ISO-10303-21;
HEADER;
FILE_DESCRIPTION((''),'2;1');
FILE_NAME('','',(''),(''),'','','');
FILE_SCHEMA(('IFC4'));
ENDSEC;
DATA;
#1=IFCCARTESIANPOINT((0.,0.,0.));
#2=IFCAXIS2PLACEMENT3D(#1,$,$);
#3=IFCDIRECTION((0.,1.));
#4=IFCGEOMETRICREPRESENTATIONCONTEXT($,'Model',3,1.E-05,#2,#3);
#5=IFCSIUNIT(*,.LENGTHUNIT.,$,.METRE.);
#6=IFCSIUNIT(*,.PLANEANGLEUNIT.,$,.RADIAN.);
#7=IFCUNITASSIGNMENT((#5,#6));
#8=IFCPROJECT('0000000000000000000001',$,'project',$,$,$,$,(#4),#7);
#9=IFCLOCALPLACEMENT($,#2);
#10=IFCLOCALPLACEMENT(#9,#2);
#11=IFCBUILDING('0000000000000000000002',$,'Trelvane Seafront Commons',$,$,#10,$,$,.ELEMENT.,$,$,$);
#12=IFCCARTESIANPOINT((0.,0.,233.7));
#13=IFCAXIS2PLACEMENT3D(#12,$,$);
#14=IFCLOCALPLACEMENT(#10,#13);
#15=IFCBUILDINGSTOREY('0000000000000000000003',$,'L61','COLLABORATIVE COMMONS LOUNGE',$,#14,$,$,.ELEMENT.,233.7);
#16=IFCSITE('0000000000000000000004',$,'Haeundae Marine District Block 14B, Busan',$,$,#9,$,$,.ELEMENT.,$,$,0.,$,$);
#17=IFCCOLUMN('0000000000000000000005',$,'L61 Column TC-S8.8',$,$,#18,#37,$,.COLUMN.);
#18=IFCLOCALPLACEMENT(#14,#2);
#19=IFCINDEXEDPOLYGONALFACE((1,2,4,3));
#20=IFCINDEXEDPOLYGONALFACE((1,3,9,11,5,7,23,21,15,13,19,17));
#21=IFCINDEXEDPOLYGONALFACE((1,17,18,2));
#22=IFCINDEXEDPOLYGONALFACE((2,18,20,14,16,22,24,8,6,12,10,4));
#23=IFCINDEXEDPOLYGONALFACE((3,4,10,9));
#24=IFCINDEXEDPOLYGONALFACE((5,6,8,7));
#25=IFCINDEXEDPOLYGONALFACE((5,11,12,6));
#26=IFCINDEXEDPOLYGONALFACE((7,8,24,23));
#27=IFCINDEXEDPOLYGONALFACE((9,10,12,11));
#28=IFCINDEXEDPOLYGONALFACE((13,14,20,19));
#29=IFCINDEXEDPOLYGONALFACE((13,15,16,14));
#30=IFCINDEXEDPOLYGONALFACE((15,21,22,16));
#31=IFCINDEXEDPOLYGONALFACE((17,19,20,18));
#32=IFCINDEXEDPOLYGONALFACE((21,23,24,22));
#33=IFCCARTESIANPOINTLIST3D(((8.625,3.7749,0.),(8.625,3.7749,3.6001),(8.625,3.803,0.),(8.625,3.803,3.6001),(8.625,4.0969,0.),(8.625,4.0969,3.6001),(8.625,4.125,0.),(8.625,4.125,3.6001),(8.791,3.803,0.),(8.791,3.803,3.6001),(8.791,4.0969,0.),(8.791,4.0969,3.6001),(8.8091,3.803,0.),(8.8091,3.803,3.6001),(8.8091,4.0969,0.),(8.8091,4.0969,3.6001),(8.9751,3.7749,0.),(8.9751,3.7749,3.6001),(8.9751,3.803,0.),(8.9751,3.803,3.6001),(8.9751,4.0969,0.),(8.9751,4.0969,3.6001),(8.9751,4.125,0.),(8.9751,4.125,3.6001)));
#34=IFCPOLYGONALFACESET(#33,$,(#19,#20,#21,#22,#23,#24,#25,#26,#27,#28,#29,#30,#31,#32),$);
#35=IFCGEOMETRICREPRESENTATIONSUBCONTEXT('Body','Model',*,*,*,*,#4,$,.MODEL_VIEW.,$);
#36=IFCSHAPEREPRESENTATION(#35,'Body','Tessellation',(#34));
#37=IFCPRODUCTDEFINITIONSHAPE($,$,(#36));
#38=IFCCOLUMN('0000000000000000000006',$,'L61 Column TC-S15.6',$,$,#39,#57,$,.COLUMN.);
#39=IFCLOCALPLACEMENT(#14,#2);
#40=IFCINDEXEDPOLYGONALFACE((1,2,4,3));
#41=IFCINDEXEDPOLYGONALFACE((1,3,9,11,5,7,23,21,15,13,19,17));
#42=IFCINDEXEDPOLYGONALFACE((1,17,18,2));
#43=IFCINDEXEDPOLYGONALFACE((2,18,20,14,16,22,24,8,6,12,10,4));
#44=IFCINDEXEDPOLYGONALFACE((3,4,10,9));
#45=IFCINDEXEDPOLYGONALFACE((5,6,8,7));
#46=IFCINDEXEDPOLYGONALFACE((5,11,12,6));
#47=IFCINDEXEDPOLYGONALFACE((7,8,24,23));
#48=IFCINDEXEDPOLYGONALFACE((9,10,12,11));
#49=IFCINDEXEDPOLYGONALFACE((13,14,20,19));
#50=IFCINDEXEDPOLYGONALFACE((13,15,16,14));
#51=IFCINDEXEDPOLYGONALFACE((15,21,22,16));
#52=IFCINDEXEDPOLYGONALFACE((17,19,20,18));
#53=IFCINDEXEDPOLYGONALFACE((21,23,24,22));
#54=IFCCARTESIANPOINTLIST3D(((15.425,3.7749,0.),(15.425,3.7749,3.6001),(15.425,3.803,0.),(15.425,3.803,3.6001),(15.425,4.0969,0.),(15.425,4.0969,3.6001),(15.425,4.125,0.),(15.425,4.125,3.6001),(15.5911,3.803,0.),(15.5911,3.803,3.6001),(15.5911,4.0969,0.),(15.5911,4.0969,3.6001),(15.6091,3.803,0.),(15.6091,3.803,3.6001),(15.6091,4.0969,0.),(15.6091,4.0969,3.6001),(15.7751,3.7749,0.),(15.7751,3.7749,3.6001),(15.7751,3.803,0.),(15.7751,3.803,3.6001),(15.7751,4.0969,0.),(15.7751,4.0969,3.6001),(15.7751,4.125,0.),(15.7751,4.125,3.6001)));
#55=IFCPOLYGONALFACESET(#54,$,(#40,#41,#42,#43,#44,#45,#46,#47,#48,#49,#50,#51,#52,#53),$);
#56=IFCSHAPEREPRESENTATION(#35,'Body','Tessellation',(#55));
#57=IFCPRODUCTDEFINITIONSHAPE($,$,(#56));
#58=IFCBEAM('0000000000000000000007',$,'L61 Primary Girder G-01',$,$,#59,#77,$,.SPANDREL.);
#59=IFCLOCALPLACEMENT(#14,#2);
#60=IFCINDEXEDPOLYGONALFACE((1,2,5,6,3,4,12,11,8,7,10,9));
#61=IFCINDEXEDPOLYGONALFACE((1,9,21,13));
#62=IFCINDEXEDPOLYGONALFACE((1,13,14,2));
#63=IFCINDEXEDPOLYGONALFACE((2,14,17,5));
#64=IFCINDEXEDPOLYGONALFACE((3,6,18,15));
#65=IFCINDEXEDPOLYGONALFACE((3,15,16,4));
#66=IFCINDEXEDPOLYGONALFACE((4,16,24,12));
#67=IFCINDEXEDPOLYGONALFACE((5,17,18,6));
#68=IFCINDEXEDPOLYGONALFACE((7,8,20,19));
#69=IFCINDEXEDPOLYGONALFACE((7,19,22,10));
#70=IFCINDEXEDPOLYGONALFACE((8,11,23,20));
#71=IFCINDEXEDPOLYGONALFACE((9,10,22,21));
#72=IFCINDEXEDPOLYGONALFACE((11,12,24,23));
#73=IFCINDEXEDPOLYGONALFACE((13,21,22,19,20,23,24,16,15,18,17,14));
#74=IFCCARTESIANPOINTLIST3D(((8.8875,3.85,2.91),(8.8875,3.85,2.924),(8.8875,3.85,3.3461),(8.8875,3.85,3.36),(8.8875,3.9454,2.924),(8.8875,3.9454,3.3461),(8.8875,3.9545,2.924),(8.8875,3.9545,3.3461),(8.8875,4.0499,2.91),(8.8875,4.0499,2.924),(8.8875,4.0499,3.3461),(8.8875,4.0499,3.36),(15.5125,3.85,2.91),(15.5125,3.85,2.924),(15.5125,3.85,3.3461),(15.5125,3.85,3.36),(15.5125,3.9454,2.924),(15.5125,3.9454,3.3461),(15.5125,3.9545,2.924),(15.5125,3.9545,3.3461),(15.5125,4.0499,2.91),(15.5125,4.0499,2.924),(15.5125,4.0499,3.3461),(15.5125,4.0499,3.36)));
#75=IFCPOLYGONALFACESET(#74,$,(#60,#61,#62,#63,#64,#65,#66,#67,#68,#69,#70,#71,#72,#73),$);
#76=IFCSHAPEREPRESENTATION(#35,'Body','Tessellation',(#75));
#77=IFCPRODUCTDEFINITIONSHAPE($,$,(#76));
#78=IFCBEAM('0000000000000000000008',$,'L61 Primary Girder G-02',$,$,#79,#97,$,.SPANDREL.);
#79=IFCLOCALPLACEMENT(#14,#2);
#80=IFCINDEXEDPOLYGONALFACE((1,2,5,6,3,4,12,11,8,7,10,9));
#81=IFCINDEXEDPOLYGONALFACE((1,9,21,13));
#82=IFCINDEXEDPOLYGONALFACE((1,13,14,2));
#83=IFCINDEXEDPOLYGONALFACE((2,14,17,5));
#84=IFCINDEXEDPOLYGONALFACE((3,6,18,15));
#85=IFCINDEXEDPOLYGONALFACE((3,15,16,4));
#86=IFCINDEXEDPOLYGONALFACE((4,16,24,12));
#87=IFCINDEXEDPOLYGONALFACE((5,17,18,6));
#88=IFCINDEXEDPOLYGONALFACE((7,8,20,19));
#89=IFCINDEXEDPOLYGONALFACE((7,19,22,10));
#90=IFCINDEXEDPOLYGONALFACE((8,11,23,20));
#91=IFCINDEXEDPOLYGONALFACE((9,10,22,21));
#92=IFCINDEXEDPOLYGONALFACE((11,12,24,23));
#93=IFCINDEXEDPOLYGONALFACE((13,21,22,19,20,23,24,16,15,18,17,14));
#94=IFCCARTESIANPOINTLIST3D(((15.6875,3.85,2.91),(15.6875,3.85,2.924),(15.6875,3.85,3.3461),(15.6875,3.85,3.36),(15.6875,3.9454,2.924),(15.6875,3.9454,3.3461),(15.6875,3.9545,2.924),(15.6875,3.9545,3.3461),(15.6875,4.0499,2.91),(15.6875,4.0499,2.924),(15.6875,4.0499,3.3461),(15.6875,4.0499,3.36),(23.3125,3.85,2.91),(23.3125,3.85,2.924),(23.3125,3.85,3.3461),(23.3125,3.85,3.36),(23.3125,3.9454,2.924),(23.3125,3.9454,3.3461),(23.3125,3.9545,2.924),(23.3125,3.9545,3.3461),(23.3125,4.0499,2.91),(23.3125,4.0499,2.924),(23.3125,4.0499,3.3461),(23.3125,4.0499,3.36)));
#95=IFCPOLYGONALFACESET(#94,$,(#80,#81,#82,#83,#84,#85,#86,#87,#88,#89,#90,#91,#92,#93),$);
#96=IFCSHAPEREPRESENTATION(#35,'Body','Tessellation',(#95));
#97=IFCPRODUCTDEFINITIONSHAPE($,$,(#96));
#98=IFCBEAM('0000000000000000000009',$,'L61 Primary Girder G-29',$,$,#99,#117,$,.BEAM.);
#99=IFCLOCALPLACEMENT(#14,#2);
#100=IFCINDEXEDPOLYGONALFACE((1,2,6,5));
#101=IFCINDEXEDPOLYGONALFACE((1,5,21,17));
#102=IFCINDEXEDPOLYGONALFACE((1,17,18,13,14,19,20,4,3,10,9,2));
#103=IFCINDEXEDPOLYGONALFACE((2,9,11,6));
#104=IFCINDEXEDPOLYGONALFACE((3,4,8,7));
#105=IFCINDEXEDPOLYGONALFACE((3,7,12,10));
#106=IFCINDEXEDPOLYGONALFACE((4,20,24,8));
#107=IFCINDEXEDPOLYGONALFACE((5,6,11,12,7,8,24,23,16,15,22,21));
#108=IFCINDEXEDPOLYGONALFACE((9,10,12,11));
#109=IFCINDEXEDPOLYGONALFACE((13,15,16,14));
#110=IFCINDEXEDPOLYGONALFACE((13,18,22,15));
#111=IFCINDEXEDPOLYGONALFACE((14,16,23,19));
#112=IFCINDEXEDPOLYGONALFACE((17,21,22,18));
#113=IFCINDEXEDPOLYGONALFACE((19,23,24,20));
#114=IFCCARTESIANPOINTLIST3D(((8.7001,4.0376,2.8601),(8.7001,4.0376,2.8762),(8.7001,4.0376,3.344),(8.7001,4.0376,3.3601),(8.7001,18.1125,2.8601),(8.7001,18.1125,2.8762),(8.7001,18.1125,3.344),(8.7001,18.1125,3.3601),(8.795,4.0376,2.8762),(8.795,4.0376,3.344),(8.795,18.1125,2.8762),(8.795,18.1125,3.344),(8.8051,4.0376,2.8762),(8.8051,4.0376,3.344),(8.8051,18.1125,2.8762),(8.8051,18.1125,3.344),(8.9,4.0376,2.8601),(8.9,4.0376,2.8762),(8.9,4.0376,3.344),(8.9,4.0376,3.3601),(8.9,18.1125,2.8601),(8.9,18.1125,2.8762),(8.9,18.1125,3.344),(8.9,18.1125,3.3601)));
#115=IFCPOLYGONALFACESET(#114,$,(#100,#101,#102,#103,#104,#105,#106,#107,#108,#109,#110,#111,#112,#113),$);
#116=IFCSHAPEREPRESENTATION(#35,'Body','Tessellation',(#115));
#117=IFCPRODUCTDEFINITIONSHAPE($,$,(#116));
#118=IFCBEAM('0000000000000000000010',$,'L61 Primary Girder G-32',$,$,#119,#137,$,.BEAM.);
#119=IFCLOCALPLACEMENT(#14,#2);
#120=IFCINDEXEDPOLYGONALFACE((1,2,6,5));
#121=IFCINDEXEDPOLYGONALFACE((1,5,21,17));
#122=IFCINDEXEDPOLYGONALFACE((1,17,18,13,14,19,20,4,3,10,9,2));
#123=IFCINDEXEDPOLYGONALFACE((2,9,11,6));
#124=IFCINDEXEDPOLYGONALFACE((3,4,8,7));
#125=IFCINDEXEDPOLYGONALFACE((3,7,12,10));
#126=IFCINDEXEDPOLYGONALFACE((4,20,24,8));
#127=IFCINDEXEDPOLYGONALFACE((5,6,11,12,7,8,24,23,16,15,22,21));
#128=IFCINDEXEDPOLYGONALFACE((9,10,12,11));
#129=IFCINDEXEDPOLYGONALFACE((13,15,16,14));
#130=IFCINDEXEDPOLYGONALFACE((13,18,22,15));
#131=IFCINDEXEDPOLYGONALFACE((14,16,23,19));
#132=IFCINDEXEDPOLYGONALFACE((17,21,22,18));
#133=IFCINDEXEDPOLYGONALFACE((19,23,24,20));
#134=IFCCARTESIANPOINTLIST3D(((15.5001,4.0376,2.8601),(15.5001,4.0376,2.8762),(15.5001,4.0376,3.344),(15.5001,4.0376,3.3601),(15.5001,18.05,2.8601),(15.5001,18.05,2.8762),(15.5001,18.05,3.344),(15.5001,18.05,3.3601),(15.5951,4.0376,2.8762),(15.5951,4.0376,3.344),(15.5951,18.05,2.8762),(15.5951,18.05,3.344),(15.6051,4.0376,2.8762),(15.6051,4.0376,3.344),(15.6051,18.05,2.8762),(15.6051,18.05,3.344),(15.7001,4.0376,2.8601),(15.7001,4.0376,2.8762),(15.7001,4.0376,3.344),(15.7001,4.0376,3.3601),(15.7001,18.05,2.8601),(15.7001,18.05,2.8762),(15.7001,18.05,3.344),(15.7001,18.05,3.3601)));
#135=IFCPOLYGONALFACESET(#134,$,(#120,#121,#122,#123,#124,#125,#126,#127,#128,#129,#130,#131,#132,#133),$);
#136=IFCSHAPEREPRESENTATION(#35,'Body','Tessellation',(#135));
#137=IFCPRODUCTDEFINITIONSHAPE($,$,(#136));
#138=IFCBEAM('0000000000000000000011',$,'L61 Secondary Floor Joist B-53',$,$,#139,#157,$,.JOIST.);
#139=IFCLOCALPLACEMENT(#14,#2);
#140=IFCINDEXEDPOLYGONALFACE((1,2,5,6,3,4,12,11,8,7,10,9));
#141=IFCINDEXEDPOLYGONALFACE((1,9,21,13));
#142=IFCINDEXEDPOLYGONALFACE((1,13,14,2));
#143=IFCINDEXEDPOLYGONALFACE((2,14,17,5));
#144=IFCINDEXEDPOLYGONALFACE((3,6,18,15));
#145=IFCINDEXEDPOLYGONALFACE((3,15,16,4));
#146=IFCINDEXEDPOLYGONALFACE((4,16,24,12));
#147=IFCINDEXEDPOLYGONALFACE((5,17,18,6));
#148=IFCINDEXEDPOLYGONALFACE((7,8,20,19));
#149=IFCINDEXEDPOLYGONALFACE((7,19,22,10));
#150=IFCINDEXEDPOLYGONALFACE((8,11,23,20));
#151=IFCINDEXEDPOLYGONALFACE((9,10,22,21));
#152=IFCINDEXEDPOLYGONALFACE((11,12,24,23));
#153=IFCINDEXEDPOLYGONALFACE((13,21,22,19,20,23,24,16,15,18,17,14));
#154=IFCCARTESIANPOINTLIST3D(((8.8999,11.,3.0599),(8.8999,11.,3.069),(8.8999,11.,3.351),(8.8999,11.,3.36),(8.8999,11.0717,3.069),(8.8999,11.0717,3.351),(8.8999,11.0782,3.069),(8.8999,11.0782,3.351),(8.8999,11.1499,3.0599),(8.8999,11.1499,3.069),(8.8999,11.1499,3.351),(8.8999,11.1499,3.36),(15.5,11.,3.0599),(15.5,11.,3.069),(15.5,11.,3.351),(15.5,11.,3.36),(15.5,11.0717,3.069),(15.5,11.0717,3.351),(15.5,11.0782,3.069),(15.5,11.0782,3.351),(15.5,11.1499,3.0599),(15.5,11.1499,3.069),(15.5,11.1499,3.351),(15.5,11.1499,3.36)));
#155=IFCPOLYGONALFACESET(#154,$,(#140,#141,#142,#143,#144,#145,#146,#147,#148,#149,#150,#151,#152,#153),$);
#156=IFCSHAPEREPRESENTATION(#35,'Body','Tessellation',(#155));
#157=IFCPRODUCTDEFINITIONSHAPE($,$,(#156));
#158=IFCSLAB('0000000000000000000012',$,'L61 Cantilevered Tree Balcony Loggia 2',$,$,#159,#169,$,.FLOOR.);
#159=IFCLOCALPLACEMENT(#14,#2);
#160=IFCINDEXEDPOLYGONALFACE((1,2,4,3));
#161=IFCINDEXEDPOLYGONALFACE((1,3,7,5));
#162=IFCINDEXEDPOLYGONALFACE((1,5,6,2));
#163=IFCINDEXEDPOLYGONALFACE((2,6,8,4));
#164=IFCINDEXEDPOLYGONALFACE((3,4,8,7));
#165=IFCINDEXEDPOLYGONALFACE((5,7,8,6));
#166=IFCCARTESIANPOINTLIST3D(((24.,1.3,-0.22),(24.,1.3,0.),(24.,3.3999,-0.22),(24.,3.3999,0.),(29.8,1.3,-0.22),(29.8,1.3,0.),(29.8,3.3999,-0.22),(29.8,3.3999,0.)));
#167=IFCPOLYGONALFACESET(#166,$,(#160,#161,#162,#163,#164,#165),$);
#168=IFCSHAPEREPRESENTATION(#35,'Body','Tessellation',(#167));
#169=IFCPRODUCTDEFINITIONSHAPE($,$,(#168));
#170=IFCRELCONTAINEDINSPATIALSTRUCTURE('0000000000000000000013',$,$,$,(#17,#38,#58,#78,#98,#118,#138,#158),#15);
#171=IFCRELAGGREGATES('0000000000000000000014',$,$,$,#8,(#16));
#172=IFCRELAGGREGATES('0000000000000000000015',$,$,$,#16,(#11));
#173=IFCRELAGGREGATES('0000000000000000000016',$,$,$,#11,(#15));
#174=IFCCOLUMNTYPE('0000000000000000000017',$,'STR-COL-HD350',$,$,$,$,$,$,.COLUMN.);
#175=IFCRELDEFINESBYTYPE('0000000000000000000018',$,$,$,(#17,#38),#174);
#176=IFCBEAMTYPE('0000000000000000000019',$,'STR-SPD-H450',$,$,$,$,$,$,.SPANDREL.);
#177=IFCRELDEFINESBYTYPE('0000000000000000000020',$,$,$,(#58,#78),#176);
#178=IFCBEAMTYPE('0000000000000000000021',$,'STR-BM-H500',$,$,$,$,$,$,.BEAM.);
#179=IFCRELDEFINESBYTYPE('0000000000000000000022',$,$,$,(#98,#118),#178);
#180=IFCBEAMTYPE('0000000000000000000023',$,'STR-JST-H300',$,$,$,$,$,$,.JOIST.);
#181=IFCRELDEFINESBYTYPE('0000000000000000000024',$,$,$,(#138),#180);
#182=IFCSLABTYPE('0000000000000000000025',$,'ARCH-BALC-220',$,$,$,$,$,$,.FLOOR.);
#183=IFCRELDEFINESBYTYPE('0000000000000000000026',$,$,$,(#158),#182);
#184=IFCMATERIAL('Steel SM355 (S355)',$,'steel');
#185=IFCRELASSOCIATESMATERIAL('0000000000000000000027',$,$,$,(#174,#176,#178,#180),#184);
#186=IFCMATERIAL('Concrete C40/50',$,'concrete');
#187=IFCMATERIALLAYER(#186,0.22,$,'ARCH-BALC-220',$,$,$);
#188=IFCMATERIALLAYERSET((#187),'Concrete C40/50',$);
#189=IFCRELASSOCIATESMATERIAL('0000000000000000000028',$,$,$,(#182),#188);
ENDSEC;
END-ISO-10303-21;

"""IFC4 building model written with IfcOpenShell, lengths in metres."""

from ifc_helpers import new_model, si_unit, direction, frame, origin, origin_2d, place, context, subcontext, project, spatial, polyline, i_section, outline, extrude, source, transform, mapped, material, layer, layer_set, material_profile, profile_set, type_object, element, save


model = new_model("IFC4")

# Units and contexts
model_context = context("Model", 3, precision=1e-05, world=origin(), true_north=direction((0.0, 1.0)))
body_context = subcontext(model_context, "Body", "Model", "MODEL_VIEW")
ifc_project = project(units=[si_unit("LENGTHUNIT", "METRE"), si_unit("PLANEANGLEUNIT", "RADIAN")], contexts=[model_context])

# Site, building, storey
site_placement = place(None, origin())
site = spatial("IfcSite", under=ifc_project, at=site_placement, Name="Haeundae Marine District Block 14B, Busan", CompositionType="ELEMENT", RefElevation=0.0)
building_placement = place(site_placement, origin())
building = spatial("IfcBuilding", under=site, at=building_placement, Name="Trelvane Seafront Commons", CompositionType="ELEMENT")
storey_placement = place(building_placement, frame((0.0, 0.0, 233.7)))
storey = spatial("IfcBuildingStorey", under=building, at=storey_placement, Name="L61", Description="COLLABORATIVE COMMONS LOUNGE", CompositionType="ELEMENT", Elevation=233.7)

# Columns
ifc_material_1 = material(Name="Steel SM355 (S355)", Category="steel")
ifc_material_profile_1 = material_profile(ifc_material_1, i_section(OverallWidth=0.3501, OverallDepth=0.3501, WebThickness=0.0181, FlangeThickness=0.0281, at=origin_2d()), Name="HD-350x350x18x28")
ifc_profile_set_1 = profile_set([ifc_material_profile_1], Name="Steel SM355 (S355)")
column_type = type_object("IfcColumnType", Name="STR-COL-HD350", PredefinedType="COLUMN", material=ifc_profile_set_1)
shared_shape_1 = source(origin(), body_context, "Body", "SweptSolid", [
    extrude(i_section(OverallWidth=0.3501, OverallDepth=0.3501, WebThickness=0.0181, FlangeThickness=0.0281, at=origin_2d()), origin(), (0.0, 0.0, 1.0), 3.6001),
])
for number, where, z_axis, x_axis, name in (
    (1, (8.8, 3.95, 0.0), (0.0, 0.0, 1.0), (1.0, 0.0, 0.0), "L61 Column TC-S8.8"),
    (2, (15.6001, 3.95, 0.0), (0.0, 0.0, 1.0), (1.0, 0.0, 0.0), "L61 Column TC-S15.6"),
):
    element("IfcColumn", number, at=place(storey_placement, frame(where, z_axis=z_axis, x_axis=x_axis)), inside=storey, type_object=column_type, Name=name, PredefinedType="COLUMN", context=body_context, shape_type="MappedRepresentation", body=[
        mapped(shared_shape_1, transform((0.0, 0.0, 0.0), x_axis=(1.0, 0.0, 0.0), y_axis=(0.0, 1.0, 0.0), z_axis=(0.0, 0.0, 1.0), scale=1.0)),
    ])

# Beams
ifc_material_profile_2 = material_profile(ifc_material_1, i_section(OverallWidth=0.2, OverallDepth=0.45, WebThickness=0.009, FlangeThickness=0.0139, at=origin_2d()), Name="H-450x200x9x14")
ifc_profile_set_2 = profile_set([ifc_material_profile_2], Name="Steel SM355 (S355)")
beam_type_1 = type_object("IfcBeamType", Name="STR-SPD-H450", PredefinedType="SPANDREL", material=ifc_profile_set_2)
shared_shape_2 = source(origin(), body_context, "Body", "SweptSolid", [
    extrude(i_section(OverallWidth=0.2, OverallDepth=0.45, WebThickness=0.009, FlangeThickness=0.0139, at=origin_2d()), origin(), (0.0, 0.0, 1.0), 6.625),
])
beam_1_placement = place(storey_placement, frame((8.8875, 3.95, 3.135), z_axis=(1.0, 0.0, 0.0), x_axis=(0.0, 1.0, 0.0)))
element("IfcBeam", 3, at=beam_1_placement, inside=storey, type_object=beam_type_1, Name="L61 Primary Girder G-01", PredefinedType="SPANDREL", context=body_context, shape_type="MappedRepresentation", body=[
    mapped(shared_shape_2, transform((0.0, 0.0, 0.0), x_axis=(1.0, 0.0, 0.0), y_axis=(0.0, 1.0, 0.0), z_axis=(0.0, 0.0, 1.0), scale=1.0)),
])
shared_shape_3 = source(origin(), body_context, "Body", "SweptSolid", [
    extrude(i_section(OverallWidth=0.2, OverallDepth=0.45, WebThickness=0.009, FlangeThickness=0.0139, at=origin_2d()), origin(), (0.0, 0.0, 1.0), 7.625),
])
beam_2_placement = place(storey_placement, frame((15.6875, 3.95, 3.135), z_axis=(1.0, 0.0, 0.0), x_axis=(0.0, 1.0, 0.0)))
element("IfcBeam", 4, at=beam_2_placement, inside=storey, type_object=beam_type_1, Name="L61 Primary Girder G-02", PredefinedType="SPANDREL", context=body_context, shape_type="MappedRepresentation", body=[
    mapped(shared_shape_3, transform((0.0, 0.0, 0.0), x_axis=(1.0, 0.0, 0.0), y_axis=(0.0, 1.0, 0.0), z_axis=(0.0, 0.0, 1.0), scale=1.0)),
])
ifc_material_profile_3 = material_profile(ifc_material_1, i_section(OverallWidth=0.2, OverallDepth=0.5, WebThickness=0.01, FlangeThickness=0.0161, at=origin_2d()), Name="H-500x200x10x16")
ifc_profile_set_3 = profile_set([ifc_material_profile_3], Name="Steel SM355 (S355)")
beam_type_2 = type_object("IfcBeamType", Name="STR-BM-H500", PredefinedType="BEAM", material=ifc_profile_set_3)
shared_shape_4 = source(origin(), body_context, "Body", "SweptSolid", [
    extrude(i_section(OverallWidth=0.2, OverallDepth=0.5, WebThickness=0.01, FlangeThickness=0.0161, at=origin_2d()), origin(), (0.0, 0.0, 1.0), 14.075),
])
beam_3_placement = place(storey_placement, frame((8.8, 4.0376, 3.1101), z_axis=(0.0, 1.0, 0.0), x_axis=(-1.0, 0.0, 0.0)))
element("IfcBeam", 5, at=beam_3_placement, inside=storey, type_object=beam_type_2, Name="L61 Primary Girder G-29", PredefinedType="BEAM", context=body_context, shape_type="MappedRepresentation", body=[
    mapped(shared_shape_4, transform((0.0, 0.0, 0.0), x_axis=(1.0, 0.0, 0.0), y_axis=(0.0, 1.0, 0.0), z_axis=(0.0, 0.0, 1.0), scale=1.0)),
])
shared_shape_5 = source(origin(), body_context, "Body", "SweptSolid", [
    extrude(i_section(OverallWidth=0.2, OverallDepth=0.5, WebThickness=0.01, FlangeThickness=0.0161, at=origin_2d()), origin(), (0.0, 0.0, 1.0), 14.0125),
])
beam_4_placement = place(storey_placement, frame((15.6001, 4.0376, 3.1101), z_axis=(0.0, 1.0, 0.0), x_axis=(-1.0, 0.0, 0.0)))
element("IfcBeam", 6, at=beam_4_placement, inside=storey, type_object=beam_type_2, Name="L61 Primary Girder G-32", PredefinedType="BEAM", context=body_context, shape_type="MappedRepresentation", body=[
    mapped(shared_shape_5, transform((0.0, 0.0, 0.0), x_axis=(1.0, 0.0, 0.0), y_axis=(0.0, 1.0, 0.0), z_axis=(0.0, 0.0, 1.0), scale=1.0)),
])
ifc_material_profile_4 = material_profile(ifc_material_1, i_section(OverallWidth=0.1499, OverallDepth=0.3, WebThickness=0.0066, FlangeThickness=0.009, at=origin_2d()), Name="H-300x150x6.5x9")
ifc_profile_set_4 = profile_set([ifc_material_profile_4], Name="Steel SM355 (S355)")
beam_type_3 = type_object("IfcBeamType", Name="STR-JST-H300", PredefinedType="JOIST", material=ifc_profile_set_4)
shared_shape_6 = source(origin(), body_context, "Body", "SweptSolid", [
    extrude(i_section(OverallWidth=0.1499, OverallDepth=0.3, WebThickness=0.0066, FlangeThickness=0.009, at=origin_2d()), origin(), (0.0, 0.0, 1.0), 6.6001),
])
beam_5_placement = place(storey_placement, frame((8.8999, 11.075, 3.21), z_axis=(1.0, 0.0, 0.0), x_axis=(0.0, 1.0, 0.0)))
element("IfcBeam", 7, at=beam_5_placement, inside=storey, type_object=beam_type_3, Name="L61 Secondary Floor Joist B-53", PredefinedType="JOIST", context=body_context, shape_type="MappedRepresentation", body=[
    mapped(shared_shape_6, transform((0.0, 0.0, 0.0), x_axis=(1.0, 0.0, 0.0), y_axis=(0.0, 1.0, 0.0), z_axis=(0.0, 0.0, 1.0), scale=1.0)),
])

# Slab
ifc_material_2 = material(Name="Concrete C40/50", Category="concrete")
ifc_layer_1 = layer(ifc_material_2, 0.22, Name="ARCH-BALC-220")
ifc_layer_set_1 = layer_set([ifc_layer_1], Name="Concrete C40/50")
slab_type_1 = type_object("IfcSlabType", Name="ARCH-BALC-220", PredefinedType="FLOOR", material=ifc_layer_set_1)
slab_1_placement = place(storey_placement, frame((0.0, 0.0, -0.22)))
element("IfcSlab", 8, at=slab_1_placement, inside=storey, type_object=slab_type_1, Name="L61 Cantilevered Tree Balcony Loggia 2", PredefinedType="FLOOR", context=body_context, shape_type="SweptSolid", body=[
    extrude(outline(polyline([(24.0, 1.3), (29.8, 1.3), (29.8, 3.3999), (24.0, 3.3999), (24.0, 1.3)])), origin(), (0.0, 0.0, 1.0), 0.22),
])

save(model, "model.ifc")
